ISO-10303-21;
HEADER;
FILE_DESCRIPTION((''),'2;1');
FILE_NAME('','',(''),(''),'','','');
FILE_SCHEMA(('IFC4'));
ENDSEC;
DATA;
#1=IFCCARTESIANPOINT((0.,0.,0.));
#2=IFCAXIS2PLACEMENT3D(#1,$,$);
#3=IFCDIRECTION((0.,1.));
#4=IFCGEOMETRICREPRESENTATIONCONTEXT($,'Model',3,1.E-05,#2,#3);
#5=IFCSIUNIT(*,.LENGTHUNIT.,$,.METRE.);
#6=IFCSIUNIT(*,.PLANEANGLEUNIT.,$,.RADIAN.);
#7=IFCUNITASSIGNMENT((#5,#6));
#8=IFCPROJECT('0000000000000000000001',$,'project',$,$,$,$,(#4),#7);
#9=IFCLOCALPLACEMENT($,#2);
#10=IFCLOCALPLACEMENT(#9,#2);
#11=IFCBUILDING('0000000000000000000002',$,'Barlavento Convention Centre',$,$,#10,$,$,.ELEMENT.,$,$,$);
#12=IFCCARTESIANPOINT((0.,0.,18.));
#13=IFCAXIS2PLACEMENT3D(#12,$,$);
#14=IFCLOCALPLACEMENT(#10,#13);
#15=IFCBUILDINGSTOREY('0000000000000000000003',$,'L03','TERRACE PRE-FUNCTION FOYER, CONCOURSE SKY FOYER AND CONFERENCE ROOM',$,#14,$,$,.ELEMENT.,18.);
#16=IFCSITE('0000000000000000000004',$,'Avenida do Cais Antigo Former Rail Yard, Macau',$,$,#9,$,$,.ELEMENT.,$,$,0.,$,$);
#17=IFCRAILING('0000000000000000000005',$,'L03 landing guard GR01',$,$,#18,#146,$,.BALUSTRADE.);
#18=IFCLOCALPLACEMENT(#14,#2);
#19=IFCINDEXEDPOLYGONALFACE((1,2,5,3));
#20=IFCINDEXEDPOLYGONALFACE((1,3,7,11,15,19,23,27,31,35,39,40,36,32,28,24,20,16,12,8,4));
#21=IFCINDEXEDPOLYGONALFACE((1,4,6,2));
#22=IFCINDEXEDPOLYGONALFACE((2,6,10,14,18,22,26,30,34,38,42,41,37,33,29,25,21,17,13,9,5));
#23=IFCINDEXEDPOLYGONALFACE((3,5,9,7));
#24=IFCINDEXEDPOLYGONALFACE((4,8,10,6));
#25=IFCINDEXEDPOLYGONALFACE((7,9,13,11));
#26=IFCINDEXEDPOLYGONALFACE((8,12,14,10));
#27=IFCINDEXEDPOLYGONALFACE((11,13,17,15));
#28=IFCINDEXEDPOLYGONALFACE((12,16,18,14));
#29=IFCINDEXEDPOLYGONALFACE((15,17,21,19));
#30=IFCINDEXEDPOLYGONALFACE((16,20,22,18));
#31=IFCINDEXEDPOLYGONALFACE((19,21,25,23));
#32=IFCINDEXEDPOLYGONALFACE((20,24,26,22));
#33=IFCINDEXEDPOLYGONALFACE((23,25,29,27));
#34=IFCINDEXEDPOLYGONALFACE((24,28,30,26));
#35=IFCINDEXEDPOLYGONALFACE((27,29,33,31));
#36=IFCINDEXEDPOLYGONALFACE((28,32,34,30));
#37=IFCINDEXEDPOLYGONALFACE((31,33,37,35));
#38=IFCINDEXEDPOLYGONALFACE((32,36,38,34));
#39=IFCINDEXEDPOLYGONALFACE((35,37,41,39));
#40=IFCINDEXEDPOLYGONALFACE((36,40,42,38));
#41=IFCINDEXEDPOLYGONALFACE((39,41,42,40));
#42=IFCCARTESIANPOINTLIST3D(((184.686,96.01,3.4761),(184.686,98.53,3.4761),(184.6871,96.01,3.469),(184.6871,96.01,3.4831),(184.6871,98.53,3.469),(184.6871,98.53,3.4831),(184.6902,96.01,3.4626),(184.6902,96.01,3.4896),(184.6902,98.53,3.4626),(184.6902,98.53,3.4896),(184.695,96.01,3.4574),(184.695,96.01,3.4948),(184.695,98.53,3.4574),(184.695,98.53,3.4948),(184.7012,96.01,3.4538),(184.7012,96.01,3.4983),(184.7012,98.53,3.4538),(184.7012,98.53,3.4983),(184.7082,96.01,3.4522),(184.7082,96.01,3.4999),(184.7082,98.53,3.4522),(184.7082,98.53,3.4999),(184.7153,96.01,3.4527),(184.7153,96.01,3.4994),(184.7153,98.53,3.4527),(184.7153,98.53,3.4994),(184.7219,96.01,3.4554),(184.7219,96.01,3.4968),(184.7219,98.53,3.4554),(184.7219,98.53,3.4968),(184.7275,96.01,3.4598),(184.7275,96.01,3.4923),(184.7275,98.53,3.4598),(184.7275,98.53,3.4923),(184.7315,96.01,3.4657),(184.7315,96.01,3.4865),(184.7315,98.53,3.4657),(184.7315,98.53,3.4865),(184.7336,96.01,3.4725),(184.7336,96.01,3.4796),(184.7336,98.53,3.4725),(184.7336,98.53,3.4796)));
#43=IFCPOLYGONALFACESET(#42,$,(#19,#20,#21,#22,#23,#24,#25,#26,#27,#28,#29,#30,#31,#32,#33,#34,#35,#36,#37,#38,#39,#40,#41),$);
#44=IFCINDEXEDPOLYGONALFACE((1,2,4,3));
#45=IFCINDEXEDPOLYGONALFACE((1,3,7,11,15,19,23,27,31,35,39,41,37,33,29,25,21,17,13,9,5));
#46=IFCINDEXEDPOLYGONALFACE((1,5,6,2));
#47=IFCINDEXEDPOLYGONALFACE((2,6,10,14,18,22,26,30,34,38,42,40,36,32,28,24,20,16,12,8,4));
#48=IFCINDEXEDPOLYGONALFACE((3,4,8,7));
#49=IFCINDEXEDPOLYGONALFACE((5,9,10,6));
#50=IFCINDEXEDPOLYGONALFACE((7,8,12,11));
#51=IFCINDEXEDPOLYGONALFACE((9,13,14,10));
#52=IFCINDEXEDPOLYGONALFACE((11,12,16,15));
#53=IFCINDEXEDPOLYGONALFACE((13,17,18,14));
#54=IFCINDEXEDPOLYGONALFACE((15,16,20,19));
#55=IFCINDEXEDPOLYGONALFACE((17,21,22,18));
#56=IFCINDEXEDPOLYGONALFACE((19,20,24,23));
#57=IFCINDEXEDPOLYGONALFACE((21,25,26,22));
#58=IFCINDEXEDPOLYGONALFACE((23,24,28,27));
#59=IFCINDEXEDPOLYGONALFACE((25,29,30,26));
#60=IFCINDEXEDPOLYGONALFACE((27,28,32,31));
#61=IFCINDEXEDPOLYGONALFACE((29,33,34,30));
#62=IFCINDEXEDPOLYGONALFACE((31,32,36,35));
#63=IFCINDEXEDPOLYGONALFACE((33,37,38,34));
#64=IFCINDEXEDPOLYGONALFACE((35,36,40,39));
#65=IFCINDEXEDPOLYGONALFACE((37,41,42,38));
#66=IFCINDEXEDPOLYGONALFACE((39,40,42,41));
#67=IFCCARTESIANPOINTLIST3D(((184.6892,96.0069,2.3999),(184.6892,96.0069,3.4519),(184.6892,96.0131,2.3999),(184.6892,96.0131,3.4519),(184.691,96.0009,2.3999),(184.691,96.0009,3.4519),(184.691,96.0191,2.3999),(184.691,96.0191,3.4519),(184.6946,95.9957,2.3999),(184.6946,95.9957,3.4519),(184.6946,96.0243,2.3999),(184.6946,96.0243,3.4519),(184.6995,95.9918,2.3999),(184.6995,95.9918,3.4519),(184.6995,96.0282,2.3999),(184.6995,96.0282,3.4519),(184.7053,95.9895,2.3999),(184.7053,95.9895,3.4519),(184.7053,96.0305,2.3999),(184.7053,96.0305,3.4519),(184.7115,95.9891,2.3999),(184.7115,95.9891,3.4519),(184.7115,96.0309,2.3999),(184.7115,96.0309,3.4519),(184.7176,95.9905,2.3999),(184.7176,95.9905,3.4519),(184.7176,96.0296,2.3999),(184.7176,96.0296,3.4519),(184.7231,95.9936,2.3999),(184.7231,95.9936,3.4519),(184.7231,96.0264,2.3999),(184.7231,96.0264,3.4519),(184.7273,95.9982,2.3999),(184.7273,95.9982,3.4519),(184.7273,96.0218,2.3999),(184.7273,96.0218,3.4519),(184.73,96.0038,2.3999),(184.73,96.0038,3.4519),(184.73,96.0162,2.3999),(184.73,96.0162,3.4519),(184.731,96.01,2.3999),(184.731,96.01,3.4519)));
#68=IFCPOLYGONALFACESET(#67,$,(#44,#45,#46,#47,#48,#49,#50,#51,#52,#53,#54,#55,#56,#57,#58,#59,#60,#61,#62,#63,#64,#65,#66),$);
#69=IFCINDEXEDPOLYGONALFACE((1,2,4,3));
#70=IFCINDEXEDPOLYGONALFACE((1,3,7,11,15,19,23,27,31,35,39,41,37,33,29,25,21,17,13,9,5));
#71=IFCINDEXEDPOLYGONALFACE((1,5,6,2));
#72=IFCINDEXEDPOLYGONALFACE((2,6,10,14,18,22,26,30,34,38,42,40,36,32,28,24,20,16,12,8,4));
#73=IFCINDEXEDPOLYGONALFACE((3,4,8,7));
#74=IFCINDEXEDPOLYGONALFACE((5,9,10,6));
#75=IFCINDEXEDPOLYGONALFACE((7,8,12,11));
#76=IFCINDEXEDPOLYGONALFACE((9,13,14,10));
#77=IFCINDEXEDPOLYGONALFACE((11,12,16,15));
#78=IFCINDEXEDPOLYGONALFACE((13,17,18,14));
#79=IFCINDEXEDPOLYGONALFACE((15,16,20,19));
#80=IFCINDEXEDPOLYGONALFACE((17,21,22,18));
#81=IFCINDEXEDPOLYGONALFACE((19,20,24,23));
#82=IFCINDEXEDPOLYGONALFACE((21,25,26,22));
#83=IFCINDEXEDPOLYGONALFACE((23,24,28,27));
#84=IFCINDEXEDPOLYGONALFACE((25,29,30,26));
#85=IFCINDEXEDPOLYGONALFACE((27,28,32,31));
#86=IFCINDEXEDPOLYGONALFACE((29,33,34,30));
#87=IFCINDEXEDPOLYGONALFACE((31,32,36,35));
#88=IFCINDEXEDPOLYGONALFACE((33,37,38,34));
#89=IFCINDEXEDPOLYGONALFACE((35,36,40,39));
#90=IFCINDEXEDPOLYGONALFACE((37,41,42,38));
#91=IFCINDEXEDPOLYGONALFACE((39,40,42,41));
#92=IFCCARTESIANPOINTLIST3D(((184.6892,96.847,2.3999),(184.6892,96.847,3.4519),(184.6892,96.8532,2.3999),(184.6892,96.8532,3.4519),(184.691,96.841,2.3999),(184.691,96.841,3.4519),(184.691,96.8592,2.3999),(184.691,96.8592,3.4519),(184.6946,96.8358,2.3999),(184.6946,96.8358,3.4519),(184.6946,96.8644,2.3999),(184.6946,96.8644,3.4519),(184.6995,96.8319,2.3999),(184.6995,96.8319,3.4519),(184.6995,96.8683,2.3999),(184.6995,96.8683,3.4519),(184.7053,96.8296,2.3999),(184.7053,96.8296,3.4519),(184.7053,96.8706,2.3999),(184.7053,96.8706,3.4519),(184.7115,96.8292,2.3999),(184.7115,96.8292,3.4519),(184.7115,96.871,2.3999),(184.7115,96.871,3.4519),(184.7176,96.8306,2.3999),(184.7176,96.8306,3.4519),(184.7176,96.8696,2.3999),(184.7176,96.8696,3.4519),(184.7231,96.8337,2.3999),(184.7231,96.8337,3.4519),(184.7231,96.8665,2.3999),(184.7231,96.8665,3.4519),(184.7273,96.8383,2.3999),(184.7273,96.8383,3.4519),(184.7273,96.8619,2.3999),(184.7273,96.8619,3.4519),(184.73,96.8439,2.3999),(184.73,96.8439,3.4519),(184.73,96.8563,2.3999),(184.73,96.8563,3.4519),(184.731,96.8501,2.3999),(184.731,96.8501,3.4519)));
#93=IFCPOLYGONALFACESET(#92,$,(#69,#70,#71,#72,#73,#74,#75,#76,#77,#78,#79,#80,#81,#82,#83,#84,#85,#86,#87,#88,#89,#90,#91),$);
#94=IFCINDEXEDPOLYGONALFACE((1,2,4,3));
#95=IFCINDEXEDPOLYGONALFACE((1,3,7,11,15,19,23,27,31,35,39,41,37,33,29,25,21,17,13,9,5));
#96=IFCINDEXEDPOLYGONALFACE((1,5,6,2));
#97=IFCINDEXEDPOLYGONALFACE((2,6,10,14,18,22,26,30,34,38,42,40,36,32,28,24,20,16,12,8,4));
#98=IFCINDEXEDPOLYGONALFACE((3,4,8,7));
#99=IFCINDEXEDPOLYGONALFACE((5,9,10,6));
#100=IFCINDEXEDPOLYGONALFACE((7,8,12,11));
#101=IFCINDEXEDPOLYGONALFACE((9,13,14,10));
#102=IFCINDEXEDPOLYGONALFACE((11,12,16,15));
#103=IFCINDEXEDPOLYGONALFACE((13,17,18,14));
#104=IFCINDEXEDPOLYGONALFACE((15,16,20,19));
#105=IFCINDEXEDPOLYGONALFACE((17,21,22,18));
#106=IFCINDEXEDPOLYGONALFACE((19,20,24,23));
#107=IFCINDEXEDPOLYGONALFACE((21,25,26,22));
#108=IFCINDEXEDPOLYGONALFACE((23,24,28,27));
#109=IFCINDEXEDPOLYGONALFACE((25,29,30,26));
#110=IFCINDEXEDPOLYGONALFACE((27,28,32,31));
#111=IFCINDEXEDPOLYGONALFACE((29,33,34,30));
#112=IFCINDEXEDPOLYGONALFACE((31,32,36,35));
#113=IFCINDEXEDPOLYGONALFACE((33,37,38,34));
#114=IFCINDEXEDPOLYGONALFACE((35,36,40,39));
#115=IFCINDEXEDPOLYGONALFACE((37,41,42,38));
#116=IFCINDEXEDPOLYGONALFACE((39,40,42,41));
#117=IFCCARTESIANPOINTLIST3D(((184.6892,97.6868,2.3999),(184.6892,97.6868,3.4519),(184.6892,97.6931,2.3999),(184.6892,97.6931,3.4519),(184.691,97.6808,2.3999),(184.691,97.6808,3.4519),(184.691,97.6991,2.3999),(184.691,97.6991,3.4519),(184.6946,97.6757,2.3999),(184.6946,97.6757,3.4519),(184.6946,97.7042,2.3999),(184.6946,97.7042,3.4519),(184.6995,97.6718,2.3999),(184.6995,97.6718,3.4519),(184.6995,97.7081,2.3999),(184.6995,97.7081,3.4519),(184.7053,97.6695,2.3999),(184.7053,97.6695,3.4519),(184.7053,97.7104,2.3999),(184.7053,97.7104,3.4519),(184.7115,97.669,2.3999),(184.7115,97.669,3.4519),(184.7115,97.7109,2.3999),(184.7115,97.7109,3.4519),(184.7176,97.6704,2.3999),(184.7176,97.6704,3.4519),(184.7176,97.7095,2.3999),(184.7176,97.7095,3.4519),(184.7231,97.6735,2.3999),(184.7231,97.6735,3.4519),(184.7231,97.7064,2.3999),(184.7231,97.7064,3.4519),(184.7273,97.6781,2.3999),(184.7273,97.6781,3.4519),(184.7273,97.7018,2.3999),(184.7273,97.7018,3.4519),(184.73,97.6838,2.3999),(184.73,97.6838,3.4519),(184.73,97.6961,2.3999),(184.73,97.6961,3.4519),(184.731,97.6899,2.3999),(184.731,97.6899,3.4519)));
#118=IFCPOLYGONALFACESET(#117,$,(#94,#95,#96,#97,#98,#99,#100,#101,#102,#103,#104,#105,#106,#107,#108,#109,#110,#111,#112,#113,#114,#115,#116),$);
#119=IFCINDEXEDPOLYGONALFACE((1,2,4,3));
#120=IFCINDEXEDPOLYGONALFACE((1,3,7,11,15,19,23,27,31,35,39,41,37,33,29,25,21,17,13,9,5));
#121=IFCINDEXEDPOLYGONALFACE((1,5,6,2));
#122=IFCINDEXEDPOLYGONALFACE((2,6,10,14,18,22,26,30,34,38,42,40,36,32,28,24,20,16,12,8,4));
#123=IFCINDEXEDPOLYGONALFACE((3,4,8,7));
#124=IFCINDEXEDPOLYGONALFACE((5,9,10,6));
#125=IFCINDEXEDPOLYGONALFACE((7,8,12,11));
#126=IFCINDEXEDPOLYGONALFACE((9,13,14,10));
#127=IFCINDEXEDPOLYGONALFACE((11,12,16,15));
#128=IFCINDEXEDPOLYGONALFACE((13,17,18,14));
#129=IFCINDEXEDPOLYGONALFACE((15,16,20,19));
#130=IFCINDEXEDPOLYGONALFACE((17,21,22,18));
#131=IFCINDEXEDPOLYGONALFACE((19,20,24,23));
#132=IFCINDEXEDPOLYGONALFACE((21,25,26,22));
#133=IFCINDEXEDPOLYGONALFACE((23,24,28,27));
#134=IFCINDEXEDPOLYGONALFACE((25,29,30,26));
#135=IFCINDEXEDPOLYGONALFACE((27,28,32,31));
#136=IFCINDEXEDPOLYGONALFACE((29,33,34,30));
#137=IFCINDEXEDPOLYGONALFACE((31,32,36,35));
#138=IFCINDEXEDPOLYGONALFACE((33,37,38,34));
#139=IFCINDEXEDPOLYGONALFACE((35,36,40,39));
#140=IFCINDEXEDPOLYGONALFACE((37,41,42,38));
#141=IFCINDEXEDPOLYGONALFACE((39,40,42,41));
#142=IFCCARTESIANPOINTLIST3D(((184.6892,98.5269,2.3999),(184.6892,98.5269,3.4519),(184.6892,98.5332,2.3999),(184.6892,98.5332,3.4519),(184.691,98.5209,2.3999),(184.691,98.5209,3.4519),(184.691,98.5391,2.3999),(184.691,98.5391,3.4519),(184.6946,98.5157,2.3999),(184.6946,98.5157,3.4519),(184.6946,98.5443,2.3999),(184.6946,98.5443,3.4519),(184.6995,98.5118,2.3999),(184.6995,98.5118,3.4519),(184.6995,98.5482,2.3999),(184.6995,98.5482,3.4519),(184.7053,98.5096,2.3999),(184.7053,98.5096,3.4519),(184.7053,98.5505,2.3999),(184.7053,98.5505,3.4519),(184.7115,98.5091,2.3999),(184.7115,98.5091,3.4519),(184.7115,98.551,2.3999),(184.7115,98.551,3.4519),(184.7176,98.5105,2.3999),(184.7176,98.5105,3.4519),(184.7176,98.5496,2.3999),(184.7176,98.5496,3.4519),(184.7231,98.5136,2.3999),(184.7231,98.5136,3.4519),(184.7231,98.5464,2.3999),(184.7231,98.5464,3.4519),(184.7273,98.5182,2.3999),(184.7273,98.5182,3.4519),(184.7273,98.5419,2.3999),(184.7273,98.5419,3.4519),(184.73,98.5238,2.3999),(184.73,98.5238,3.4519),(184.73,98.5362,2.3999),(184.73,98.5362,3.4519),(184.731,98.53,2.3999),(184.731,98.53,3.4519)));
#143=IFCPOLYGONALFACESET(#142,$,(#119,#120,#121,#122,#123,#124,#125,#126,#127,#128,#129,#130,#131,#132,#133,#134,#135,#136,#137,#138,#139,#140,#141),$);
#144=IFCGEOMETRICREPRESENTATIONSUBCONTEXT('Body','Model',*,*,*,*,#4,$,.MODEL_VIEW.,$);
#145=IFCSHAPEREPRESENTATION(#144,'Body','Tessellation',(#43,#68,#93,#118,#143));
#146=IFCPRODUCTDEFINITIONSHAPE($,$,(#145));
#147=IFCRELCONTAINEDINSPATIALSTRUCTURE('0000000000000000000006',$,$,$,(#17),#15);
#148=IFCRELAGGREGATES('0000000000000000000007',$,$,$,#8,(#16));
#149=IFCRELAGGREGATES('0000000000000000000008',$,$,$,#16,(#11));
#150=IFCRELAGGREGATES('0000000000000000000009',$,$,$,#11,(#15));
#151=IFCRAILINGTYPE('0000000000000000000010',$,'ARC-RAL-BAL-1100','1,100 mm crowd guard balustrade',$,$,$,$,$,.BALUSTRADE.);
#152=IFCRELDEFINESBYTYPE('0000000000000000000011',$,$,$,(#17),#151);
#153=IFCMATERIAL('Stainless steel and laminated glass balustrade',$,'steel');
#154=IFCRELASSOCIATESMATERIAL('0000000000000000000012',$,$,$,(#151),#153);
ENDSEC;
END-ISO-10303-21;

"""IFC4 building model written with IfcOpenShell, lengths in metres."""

from ifc_helpers import new_model, si_unit, direction, frame, origin, origin_2d, place, context, subcontext, project, spatial, circle, extrude, material, type_object, element, save


model = new_model("IFC4")

# Units and contexts
model_context = context("Model", 3, precision=1e-05, world=origin(), true_north=direction((0.0, 1.0)))
body_context = subcontext(model_context, "Body", "Model", "MODEL_VIEW")
ifc_project = project(units=[si_unit("LENGTHUNIT", "METRE"), si_unit("PLANEANGLEUNIT", "RADIAN")], contexts=[model_context])

# Site, building, storey
site_placement = place(None, origin())
site = spatial("IfcSite", under=ifc_project, at=site_placement, Name="Avenida do Cais Antigo Former Rail Yard, Macau", CompositionType="ELEMENT", RefElevation=0.0)
building_placement = place(site_placement, origin())
building = spatial("IfcBuilding", under=site, at=building_placement, Name="Barlavento Convention Centre", CompositionType="ELEMENT")
storey_placement = place(building_placement, frame((0.0, 0.0, 18.0)))
storey = spatial("IfcBuildingStorey", under=building, at=storey_placement, Name="L03", Description="TERRACE PRE-FUNCTION FOYER, CONCOURSE SKY FOYER AND CONFERENCE ROOM", CompositionType="ELEMENT", Elevation=18.0)

# Railing
ifc_material_1 = material(Name="Stainless steel and laminated glass balustrade", Category="steel")
railing_type_1 = type_object("IfcRailingType", Name="ARC-RAL-BAL-1100", Description="1,100 mm crowd guard balustrade", PredefinedType="BALUSTRADE", material=ifc_material_1)
for number, where, name in (
    (1, (184.71, 96.01, 2.3999), "L03 landing guard GR01"),
):
    element("IfcRailing", number, at=place(storey_placement, frame(where)), inside=storey, type_object=railing_type_1, Name=name, PredefinedType="BALUSTRADE", context=body_context, shape_type="SweptSolid", body=[
        extrude(circle(Radius=0.0239, at=origin_2d()), frame((0.0, 0.0, 1.0762), z_axis=(0.0, 1.0, 0.0), x_axis=(-1.0, 0.0, 0.0)), (0.0, 0.0, 1.0), 2.52),
        extrude(circle(Radius=0.021, at=origin_2d()), origin(), (0.0, 0.0, 1.0), 1.052),
        extrude(circle(Radius=0.021, at=origin_2d()), frame((0.0, 0.8401, 0.0)), (0.0, 0.0, 1.0), 1.052),
        extrude(circle(Radius=0.021, at=origin_2d()), frame((0.0, 1.6799, 0.0)), (0.0, 0.0, 1.0), 1.052),
        extrude(circle(Radius=0.021, at=origin_2d()), frame((0.0, 2.52, 0.0)), (0.0, 0.0, 1.0), 1.052),
    ])

save(model, "model.ifc")
